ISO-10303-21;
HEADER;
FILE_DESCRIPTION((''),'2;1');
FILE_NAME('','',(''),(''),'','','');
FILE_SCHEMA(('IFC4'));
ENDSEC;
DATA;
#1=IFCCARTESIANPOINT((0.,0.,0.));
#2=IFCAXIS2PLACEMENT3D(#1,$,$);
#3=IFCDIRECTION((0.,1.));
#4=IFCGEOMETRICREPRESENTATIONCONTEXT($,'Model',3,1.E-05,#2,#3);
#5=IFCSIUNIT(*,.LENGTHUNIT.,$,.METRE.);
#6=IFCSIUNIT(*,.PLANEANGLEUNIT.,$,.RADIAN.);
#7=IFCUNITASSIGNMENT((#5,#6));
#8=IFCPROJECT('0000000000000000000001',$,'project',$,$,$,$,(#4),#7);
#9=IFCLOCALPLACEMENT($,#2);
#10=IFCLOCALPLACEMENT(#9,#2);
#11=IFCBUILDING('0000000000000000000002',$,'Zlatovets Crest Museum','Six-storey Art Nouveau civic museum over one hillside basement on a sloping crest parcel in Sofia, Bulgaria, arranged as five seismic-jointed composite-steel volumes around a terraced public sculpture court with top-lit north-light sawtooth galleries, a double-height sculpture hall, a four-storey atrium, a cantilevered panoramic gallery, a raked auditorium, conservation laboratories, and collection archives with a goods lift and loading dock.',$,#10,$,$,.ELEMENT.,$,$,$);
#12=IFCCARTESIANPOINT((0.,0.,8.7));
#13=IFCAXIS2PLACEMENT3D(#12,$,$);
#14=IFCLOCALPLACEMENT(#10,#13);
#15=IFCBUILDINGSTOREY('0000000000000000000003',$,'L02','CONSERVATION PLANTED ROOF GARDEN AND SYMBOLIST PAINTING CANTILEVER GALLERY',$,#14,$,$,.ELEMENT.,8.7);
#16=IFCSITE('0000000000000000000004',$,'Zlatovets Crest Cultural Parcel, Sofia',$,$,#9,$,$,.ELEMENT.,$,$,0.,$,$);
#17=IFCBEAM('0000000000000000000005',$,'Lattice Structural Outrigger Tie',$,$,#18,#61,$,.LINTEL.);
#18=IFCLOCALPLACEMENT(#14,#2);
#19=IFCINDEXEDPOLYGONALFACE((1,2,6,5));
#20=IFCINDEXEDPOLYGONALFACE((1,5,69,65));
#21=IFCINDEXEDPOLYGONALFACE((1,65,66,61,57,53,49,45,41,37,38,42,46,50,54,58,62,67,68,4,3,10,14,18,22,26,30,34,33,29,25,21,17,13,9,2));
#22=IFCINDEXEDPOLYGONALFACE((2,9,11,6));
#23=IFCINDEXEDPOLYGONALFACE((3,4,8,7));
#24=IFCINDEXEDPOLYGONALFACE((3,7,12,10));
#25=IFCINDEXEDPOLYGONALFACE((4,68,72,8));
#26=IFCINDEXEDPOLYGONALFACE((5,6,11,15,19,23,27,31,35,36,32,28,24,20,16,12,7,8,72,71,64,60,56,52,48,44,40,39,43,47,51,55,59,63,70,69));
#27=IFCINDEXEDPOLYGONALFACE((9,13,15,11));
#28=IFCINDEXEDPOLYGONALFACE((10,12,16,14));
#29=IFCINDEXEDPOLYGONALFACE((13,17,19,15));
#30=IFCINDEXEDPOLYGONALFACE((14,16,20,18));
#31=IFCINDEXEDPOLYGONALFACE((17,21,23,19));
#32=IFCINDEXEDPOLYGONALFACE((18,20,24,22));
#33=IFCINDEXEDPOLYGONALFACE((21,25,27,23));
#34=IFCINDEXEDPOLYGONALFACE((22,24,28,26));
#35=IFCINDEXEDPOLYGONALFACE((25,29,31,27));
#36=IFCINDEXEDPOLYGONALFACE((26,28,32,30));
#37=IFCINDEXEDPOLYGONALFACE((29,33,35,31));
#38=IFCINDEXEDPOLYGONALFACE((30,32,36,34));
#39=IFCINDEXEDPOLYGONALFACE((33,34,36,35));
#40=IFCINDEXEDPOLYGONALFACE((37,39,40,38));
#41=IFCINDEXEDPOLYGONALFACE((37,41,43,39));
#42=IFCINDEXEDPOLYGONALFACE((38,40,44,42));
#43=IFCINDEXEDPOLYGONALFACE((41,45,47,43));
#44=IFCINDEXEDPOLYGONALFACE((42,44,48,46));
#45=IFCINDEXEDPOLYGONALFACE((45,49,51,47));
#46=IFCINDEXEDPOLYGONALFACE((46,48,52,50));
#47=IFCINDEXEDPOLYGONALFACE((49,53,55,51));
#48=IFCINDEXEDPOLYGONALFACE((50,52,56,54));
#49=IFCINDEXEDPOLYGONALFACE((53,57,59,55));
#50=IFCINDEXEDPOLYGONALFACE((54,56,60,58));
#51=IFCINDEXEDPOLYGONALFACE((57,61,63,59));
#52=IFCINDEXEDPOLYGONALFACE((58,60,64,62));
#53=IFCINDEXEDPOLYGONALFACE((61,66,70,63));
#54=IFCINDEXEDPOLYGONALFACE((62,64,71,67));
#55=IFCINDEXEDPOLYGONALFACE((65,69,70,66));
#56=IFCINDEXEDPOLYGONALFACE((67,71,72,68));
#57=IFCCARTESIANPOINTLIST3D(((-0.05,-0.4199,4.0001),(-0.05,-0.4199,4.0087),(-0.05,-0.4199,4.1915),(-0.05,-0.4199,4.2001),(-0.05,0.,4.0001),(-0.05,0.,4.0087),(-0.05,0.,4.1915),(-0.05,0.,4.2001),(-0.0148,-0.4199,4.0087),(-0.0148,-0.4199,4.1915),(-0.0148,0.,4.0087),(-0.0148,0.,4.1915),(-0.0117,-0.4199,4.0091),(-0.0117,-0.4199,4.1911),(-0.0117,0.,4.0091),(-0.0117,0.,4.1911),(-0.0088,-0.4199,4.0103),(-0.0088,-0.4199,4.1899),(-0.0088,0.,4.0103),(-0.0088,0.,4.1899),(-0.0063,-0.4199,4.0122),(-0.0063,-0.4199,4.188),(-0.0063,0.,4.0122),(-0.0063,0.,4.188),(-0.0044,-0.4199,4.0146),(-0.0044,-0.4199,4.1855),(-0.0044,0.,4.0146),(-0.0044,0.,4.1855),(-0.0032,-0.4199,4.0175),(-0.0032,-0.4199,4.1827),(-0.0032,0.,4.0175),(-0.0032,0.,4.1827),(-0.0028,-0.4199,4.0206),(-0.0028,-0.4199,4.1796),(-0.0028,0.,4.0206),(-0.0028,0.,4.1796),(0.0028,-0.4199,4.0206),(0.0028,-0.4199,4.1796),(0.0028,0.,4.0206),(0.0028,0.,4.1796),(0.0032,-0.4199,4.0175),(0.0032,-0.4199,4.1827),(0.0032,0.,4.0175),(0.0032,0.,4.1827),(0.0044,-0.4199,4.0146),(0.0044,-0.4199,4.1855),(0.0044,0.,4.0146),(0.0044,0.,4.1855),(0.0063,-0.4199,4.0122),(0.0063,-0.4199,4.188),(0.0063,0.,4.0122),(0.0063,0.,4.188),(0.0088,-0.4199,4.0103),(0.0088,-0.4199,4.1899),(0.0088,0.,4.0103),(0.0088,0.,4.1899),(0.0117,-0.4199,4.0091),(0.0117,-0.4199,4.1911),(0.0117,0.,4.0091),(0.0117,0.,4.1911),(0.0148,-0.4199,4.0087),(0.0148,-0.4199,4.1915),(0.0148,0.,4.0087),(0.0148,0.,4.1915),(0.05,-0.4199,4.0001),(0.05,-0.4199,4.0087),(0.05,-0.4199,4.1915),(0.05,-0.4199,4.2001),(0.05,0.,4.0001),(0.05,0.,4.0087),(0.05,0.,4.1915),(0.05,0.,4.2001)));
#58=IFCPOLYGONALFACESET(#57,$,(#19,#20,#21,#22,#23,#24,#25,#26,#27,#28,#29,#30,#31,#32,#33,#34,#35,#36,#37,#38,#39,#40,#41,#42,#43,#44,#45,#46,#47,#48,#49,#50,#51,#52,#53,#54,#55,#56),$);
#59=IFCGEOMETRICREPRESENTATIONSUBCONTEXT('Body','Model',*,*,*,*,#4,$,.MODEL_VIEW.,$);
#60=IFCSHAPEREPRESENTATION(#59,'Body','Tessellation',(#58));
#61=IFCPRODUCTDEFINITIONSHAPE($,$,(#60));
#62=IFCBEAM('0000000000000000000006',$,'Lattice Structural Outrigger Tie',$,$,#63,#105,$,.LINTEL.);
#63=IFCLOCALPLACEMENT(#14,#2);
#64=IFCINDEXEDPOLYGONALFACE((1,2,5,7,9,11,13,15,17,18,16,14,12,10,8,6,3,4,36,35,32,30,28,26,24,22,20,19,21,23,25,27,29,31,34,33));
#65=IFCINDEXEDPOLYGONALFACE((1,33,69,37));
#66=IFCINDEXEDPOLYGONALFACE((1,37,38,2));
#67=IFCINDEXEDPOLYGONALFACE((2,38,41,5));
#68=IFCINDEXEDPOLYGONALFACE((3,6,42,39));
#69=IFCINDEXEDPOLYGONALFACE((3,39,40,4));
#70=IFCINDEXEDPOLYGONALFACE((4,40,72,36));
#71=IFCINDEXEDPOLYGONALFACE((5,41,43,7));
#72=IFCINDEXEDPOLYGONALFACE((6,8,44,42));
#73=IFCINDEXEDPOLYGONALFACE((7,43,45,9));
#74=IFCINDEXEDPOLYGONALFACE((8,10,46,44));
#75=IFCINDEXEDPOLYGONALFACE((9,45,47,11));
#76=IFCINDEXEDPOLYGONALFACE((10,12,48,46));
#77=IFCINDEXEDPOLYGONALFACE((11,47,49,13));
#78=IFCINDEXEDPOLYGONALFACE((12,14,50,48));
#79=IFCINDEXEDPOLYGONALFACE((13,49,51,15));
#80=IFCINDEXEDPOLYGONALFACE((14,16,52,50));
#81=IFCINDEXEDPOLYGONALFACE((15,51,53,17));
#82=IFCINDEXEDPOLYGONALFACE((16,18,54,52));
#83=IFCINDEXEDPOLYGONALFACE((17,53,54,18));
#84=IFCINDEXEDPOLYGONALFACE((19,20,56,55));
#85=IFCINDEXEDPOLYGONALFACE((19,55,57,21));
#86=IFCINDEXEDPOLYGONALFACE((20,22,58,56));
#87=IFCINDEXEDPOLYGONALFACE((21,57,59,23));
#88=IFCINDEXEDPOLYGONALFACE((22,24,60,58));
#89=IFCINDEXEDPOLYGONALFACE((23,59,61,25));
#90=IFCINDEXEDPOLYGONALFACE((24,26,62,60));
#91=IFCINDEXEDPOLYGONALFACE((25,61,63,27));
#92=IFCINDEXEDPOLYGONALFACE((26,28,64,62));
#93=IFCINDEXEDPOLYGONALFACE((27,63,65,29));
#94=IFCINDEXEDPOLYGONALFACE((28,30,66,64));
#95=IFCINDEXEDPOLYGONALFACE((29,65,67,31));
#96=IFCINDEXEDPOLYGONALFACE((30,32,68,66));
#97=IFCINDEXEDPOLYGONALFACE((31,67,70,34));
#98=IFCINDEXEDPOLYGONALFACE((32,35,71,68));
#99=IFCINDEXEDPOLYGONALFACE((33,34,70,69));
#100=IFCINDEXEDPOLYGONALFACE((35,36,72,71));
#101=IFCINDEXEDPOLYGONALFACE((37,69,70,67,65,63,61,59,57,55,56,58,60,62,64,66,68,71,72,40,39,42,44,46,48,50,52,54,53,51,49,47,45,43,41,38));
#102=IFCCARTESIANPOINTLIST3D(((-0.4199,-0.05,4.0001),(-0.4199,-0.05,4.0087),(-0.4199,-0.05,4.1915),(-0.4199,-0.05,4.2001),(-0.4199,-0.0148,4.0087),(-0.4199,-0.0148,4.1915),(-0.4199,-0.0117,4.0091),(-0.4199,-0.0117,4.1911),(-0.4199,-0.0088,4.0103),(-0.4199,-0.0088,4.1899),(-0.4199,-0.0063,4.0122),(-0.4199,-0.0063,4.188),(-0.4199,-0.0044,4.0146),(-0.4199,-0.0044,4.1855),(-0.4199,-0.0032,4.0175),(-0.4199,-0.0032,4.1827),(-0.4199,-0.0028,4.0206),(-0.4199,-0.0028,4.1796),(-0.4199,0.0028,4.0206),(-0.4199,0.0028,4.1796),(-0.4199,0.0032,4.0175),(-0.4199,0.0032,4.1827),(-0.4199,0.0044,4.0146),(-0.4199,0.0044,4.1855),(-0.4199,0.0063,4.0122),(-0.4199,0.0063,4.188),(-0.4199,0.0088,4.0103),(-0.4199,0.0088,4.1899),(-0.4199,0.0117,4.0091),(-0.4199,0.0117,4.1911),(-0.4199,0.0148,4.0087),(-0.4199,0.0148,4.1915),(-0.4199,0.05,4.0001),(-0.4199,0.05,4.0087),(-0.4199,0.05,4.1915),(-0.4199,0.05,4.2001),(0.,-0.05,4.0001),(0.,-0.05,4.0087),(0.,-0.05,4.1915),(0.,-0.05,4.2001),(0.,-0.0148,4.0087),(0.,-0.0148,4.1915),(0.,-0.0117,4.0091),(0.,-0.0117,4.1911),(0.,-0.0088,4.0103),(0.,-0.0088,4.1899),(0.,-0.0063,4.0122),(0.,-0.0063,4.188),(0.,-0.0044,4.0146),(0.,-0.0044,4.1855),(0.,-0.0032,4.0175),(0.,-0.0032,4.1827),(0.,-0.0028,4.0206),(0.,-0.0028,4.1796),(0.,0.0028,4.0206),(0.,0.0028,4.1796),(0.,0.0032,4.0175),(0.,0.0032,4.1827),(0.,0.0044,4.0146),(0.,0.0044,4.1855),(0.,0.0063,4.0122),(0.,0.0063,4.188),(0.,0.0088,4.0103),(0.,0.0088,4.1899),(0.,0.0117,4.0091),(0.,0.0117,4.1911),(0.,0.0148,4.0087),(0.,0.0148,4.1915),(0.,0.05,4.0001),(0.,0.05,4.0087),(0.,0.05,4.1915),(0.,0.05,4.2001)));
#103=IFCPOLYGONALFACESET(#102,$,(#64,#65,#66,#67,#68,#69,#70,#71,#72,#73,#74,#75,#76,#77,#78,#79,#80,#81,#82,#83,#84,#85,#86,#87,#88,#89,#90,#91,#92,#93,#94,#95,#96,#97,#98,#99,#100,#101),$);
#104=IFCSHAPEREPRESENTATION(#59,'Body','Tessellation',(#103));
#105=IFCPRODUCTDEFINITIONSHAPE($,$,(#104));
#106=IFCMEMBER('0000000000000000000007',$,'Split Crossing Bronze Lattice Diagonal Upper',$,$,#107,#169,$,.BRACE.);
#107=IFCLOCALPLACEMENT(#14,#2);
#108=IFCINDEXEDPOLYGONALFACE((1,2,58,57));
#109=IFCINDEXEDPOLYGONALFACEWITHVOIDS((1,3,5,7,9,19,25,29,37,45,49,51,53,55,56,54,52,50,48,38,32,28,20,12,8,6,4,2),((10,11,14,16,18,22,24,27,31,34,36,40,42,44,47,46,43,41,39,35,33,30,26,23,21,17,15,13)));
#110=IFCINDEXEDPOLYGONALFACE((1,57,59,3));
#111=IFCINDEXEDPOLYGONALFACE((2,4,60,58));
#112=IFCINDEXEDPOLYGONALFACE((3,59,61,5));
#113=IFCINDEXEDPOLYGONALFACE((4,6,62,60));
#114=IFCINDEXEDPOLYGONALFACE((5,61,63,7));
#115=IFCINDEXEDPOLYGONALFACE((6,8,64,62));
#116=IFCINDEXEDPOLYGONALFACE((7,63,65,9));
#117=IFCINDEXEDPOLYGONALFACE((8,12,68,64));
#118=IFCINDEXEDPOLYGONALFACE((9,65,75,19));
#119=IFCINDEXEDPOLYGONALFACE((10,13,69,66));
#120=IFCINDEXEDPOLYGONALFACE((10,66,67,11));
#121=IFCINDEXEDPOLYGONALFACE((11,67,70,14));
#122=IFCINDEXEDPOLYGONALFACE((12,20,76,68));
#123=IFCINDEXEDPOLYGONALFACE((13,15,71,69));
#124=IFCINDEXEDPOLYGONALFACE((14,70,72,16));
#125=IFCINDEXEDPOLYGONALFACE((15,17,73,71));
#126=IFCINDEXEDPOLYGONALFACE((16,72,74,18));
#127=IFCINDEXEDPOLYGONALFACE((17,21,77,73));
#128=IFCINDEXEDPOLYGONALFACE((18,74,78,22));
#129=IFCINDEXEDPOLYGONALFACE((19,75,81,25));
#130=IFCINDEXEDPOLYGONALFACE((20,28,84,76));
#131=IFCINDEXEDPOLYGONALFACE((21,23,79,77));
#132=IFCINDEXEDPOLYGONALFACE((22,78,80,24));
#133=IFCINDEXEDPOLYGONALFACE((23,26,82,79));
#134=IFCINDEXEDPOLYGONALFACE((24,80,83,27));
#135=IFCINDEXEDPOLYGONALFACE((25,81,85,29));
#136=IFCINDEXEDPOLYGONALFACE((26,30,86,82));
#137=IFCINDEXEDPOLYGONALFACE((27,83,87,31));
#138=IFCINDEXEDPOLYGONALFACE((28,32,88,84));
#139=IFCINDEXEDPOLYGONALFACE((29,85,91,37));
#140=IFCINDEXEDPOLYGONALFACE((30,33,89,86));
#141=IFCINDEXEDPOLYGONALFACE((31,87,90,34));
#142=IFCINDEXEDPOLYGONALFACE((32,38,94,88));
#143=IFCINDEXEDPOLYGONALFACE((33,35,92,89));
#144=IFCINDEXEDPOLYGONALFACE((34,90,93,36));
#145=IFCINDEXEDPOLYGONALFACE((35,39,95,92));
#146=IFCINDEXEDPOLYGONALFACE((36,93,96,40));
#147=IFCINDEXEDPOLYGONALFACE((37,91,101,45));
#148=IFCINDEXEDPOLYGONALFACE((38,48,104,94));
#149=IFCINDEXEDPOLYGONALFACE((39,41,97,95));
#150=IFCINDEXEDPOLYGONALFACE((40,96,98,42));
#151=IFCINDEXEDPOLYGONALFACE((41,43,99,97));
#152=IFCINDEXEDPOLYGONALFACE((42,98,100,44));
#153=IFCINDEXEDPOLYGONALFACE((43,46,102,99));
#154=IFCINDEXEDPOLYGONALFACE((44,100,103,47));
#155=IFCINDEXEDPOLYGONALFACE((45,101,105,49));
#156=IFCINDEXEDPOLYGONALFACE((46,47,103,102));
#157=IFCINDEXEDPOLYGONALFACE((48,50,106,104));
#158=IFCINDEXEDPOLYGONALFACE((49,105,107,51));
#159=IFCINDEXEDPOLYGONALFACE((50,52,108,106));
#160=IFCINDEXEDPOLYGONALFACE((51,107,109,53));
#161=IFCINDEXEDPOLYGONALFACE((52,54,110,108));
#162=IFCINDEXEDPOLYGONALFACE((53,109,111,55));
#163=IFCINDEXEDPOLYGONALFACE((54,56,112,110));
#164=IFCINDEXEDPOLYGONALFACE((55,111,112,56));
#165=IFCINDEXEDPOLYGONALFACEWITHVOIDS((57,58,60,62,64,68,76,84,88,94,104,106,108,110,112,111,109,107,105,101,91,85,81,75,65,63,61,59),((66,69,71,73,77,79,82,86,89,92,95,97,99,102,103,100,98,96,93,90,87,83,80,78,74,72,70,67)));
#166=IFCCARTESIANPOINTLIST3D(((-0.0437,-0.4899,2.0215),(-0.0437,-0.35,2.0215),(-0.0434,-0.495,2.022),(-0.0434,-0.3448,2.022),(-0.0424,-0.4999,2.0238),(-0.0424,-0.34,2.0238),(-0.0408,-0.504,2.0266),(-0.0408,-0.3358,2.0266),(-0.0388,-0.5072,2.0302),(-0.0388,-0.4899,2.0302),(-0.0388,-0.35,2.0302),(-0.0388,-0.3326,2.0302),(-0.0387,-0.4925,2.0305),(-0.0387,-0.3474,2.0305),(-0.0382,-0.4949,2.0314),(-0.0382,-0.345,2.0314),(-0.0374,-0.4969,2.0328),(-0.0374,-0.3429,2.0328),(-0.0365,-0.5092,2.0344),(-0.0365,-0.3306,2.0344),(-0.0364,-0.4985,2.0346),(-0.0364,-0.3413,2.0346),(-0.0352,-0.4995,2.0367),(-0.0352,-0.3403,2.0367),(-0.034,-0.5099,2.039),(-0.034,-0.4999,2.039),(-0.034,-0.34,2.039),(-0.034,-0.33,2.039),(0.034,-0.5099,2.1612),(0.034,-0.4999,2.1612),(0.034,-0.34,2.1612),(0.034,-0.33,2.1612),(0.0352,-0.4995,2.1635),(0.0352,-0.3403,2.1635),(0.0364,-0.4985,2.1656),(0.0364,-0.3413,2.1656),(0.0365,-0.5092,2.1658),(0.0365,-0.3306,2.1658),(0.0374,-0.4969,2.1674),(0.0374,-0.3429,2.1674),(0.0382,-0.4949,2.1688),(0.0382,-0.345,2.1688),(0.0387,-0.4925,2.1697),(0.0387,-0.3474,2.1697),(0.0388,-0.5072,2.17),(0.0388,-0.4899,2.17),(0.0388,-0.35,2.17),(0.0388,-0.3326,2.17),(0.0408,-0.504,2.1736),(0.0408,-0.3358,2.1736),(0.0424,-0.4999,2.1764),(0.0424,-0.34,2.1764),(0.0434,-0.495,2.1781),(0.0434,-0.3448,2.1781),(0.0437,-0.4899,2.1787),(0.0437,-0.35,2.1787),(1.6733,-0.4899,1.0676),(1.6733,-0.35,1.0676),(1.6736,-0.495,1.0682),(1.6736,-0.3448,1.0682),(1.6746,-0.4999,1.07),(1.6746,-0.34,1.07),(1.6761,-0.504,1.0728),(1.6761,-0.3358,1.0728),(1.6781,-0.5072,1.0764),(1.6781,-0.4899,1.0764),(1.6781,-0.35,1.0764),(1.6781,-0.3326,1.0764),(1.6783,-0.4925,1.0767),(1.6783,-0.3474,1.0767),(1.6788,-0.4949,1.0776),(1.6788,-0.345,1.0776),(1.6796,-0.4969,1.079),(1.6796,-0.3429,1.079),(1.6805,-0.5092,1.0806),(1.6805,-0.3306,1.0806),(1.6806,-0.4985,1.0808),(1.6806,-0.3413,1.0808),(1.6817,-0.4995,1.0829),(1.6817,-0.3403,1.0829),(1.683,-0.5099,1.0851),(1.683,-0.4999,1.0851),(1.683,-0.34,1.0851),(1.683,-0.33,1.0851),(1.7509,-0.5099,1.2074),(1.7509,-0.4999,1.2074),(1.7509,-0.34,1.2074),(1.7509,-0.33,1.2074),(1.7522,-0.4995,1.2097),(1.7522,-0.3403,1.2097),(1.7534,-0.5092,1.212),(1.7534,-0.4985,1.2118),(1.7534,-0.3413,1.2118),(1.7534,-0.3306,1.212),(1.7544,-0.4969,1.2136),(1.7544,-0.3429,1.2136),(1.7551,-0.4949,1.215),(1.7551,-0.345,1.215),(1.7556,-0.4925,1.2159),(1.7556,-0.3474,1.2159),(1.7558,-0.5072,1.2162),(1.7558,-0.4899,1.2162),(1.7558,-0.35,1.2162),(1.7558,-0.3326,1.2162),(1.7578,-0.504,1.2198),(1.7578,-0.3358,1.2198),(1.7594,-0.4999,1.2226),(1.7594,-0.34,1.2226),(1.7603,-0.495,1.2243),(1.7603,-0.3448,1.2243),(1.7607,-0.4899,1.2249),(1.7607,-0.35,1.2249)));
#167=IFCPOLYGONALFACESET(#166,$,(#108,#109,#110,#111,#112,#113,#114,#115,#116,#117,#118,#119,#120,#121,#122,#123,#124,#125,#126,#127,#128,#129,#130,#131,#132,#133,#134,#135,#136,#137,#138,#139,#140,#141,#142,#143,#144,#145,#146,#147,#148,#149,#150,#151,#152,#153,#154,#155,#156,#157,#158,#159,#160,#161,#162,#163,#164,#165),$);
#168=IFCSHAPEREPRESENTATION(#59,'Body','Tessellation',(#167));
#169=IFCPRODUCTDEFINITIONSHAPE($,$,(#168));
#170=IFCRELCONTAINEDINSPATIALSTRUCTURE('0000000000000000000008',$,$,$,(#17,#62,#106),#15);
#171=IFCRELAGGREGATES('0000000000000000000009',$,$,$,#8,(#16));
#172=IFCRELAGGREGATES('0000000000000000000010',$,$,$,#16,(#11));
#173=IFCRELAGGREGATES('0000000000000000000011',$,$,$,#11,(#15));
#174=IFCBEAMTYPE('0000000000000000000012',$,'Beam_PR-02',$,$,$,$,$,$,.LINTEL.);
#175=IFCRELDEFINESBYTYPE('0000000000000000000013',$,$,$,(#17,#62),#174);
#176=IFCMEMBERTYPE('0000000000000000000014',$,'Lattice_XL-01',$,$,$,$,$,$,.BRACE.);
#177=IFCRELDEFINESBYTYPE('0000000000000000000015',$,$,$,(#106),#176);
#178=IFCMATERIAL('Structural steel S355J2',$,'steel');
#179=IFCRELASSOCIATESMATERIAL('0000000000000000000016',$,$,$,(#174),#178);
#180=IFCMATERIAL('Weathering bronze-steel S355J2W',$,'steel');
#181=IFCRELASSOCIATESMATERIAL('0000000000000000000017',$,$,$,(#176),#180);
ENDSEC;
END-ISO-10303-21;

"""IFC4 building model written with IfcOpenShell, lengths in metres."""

from ifc_helpers import new_model, si_unit, direction, frame, origin, origin_2d, place, context, subcontext, project, spatial, hollow_rectangle, i_section, extrude, material, material_profile, profile_set, type_object, element, save


model = new_model("IFC4")

# Units and contexts
model_context = context("Model", 3, precision=1e-05, world=origin(), true_north=direction((0.0, 1.0)))
body_context = subcontext(model_context, "Body", "Model", "MODEL_VIEW")
ifc_project = project(units=[si_unit("LENGTHUNIT", "METRE"), si_unit("PLANEANGLEUNIT", "RADIAN")], contexts=[model_context])

# Site, building, storey
site_placement = place(None, origin())
site = spatial("IfcSite", under=ifc_project, at=site_placement, Name="Zlatovets Crest Cultural Parcel, Sofia", CompositionType="ELEMENT", RefElevation=0.0)
building_placement = place(site_placement, origin())
building = spatial("IfcBuilding", under=site, at=building_placement, Name="Zlatovets Crest Museum", Description="Six-storey Art Nouveau civic museum over one hillside basement on a sloping crest parcel in Sofia, Bulgaria, arranged as five seismic-jointed composite-steel volumes around a terraced public sculpture court with top-lit north-light sawtooth galleries, a double-height sculpture hall, a four-storey atrium, a cantilevered panoramic gallery, a raked auditorium, conservation laboratories, and collection archives with a goods lift and loading dock.", CompositionType="ELEMENT")
storey_placement = place(building_placement, frame((0.0, 0.0, 8.7)))
storey = spatial("IfcBuildingStorey", under=building, at=storey_placement, Name="L02", Description="CONSERVATION PLANTED ROOF GARDEN AND SYMBOLIST PAINTING CANTILEVER GALLERY", CompositionType="ELEMENT", Elevation=8.7)

# Beams
ifc_material_1 = material(Name="Structural steel S355J2", Category="steel")
ifc_material_profile_1 = material_profile(ifc_material_1, i_section(OverallWidth=0.1001, OverallDepth=0.2, WebThickness=0.0056, FlangeThickness=0.0085, FilletRadius=0.012, at=origin_2d()), Name="IPE 200")
ifc_profile_set_1 = profile_set([ifc_material_profile_1], Name="Structural steel S355J2")
beam_type = type_object("IfcBeamType", Name="Beam_PR-02", PredefinedType="LINTEL", material=ifc_profile_set_1)
for number, where, z_axis, x_axis, name in (
    (1, (0.0, 0.0, 4.1001), (0.0, -1.0, 0.0), (1.0, 0.0, 0.0), "Lattice Structural Outrigger Tie"),
    (2, (0.0, 0.0, 4.1001), (-1.0, 0.0, 0.0), (0.0, -1.0, 0.0), "Lattice Structural Outrigger Tie"),
):
    element("IfcBeam", number, at=place(storey_placement, frame(where, z_axis=z_axis, x_axis=x_axis)), inside=storey, type_object=beam_type, Name=name, PredefinedType="LINTEL", context=body_context, shape_type="SweptSolid", body=[
        extrude(i_section(OverallWidth=0.1001, OverallDepth=0.2, WebThickness=0.0056, FlangeThickness=0.0085, FilletRadius=0.012, at=origin_2d()), origin(), (0.0, 0.0, 1.0), 0.4199),
    ])

# Member
ifc_material_2 = material(Name="Weathering bronze-steel S355J2W", Category="steel")
ifc_material_profile_2 = material_profile(ifc_material_2, hollow_rectangle(XDim=0.1799, YDim=0.1799, WallThickness=0.01, InnerFilletRadius=0.01, OuterFilletRadius=0.02, at=origin_2d()), Name="SHS 180x180x10.0")
ifc_profile_set_2 = profile_set([ifc_material_profile_2], Name="Weathering bronze-steel S355J2W")
member_type_1 = type_object("IfcMemberType", Name="Lattice_XL-01", PredefinedType="BRACE", material=ifc_profile_set_2)
member_1_placement = place(storey_placement, frame((0.0, -0.4199, 2.1001), z_axis=(0.874169, 0.0, -0.485622), x_axis=(0.0, 1.0, 0.0)))
element("IfcMember", 3, at=member_1_placement, inside=storey, type_object=member_type_1, Name="Split Crossing Bronze Lattice Diagonal Upper", PredefinedType="BRACE", context=body_context, shape_type="SweptSolid", body=[
    extrude(hollow_rectangle(XDim=0.1799, YDim=0.1799, WallThickness=0.01, InnerFilletRadius=0.01, OuterFilletRadius=0.02, at=origin_2d()), origin(), (0.0, 0.0, 1.0), 1.9641),
])

save(model, "model.ifc")
